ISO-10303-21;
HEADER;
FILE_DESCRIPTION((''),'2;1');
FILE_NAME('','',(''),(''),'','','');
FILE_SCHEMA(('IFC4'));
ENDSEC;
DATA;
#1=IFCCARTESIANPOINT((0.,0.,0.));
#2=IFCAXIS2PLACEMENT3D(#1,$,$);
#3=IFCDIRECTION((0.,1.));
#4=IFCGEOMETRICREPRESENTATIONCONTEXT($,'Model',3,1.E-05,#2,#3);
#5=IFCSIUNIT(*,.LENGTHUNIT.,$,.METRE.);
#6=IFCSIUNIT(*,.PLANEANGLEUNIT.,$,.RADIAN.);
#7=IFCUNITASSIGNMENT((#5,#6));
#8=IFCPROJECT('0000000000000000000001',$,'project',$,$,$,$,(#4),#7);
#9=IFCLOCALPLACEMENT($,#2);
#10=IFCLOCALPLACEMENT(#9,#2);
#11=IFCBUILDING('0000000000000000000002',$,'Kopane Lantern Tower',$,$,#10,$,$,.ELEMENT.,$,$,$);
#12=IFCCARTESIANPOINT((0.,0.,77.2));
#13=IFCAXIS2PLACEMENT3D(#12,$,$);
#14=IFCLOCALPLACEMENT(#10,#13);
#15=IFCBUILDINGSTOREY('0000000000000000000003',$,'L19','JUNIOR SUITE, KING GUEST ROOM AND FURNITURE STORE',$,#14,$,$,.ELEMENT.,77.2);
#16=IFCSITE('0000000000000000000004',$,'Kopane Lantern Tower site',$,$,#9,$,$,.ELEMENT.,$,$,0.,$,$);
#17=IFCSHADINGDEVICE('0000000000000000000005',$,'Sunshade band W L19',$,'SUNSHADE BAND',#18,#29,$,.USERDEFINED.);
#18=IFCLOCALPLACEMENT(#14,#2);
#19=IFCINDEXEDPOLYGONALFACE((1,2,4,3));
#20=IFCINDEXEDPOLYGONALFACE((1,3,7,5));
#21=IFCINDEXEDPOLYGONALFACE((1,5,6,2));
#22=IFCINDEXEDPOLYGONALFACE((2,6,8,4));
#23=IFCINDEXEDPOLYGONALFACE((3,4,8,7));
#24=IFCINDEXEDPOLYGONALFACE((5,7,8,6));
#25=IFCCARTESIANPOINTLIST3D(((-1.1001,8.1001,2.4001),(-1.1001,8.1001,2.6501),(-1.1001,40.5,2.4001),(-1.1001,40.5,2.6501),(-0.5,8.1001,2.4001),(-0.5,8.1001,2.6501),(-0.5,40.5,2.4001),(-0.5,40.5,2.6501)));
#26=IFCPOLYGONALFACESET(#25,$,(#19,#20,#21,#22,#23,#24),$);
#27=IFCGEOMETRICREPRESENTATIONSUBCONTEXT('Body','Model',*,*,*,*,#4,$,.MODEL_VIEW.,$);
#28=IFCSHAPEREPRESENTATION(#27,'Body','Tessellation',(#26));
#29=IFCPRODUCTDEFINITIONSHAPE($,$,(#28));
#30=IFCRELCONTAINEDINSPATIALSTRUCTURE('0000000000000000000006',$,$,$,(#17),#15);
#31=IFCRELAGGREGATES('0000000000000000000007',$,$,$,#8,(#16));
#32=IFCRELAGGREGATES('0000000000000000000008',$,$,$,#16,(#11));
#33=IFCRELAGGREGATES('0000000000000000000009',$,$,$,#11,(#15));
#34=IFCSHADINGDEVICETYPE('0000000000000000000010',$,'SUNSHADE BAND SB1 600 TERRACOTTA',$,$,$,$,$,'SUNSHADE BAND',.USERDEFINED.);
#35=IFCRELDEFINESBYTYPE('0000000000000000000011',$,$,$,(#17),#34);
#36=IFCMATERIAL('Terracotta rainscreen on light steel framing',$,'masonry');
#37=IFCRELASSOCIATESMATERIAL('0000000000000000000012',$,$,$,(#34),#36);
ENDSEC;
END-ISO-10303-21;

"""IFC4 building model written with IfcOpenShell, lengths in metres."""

from ifc_helpers import new_model, si_unit, direction, frame, origin, origin_2d, place, context, subcontext, project, spatial, rectangle, extrude, material, type_object, element, save


model = new_model("IFC4")

# Units and contexts
model_context = context("Model", 3, precision=1e-05, world=origin(), true_north=direction((0.0, 1.0)))
body_context = subcontext(model_context, "Body", "Model", "MODEL_VIEW")
ifc_project = project(units=[si_unit("LENGTHUNIT", "METRE"), si_unit("PLANEANGLEUNIT", "RADIAN")], contexts=[model_context])

# Site, building, storey
site_placement = place(None, origin())
site = spatial("IfcSite", under=ifc_project, at=site_placement, Name="Kopane Lantern Tower site", CompositionType="ELEMENT", RefElevation=0.0)
building_placement = place(site_placement, origin())
building = spatial("IfcBuilding", under=site, at=building_placement, Name="Kopane Lantern Tower", CompositionType="ELEMENT")
storey_placement = place(building_placement, frame((0.0, 0.0, 77.2)))
storey = spatial("IfcBuildingStorey", under=building, at=storey_placement, Name="L19", Description="JUNIOR SUITE, KING GUEST ROOM AND FURNITURE STORE", CompositionType="ELEMENT", Elevation=77.2)

# Shading device
ifc_material_1 = material(Name="Terracotta rainscreen on light steel framing", Category="masonry")
shading_device_type = type_object("IfcShadingDeviceType", Name="SUNSHADE BAND SB1 600 TERRACOTTA", ElementType="SUNSHADE BAND", PredefinedType="USERDEFINED", material=ifc_material_1)
shading_device_placement = place(storey_placement, frame((-0.8, 24.3, 2.4001), z_axis=(0.0, 0.0, 1.0), x_axis=(0.0, -1.0, 0.0)))
element("IfcShadingDevice", 1, at=shading_device_placement, inside=storey, type_object=shading_device_type, Name="Sunshade band W L19", ObjectType="SUNSHADE BAND", PredefinedType="USERDEFINED", context=body_context, shape_type="SweptSolid", body=[
    extrude(rectangle(XDim=32.3999, YDim=0.6001, at=origin_2d()), origin(), (0.0, 0.0, 1.0), 0.25),
])

save(model, "model.ifc")
